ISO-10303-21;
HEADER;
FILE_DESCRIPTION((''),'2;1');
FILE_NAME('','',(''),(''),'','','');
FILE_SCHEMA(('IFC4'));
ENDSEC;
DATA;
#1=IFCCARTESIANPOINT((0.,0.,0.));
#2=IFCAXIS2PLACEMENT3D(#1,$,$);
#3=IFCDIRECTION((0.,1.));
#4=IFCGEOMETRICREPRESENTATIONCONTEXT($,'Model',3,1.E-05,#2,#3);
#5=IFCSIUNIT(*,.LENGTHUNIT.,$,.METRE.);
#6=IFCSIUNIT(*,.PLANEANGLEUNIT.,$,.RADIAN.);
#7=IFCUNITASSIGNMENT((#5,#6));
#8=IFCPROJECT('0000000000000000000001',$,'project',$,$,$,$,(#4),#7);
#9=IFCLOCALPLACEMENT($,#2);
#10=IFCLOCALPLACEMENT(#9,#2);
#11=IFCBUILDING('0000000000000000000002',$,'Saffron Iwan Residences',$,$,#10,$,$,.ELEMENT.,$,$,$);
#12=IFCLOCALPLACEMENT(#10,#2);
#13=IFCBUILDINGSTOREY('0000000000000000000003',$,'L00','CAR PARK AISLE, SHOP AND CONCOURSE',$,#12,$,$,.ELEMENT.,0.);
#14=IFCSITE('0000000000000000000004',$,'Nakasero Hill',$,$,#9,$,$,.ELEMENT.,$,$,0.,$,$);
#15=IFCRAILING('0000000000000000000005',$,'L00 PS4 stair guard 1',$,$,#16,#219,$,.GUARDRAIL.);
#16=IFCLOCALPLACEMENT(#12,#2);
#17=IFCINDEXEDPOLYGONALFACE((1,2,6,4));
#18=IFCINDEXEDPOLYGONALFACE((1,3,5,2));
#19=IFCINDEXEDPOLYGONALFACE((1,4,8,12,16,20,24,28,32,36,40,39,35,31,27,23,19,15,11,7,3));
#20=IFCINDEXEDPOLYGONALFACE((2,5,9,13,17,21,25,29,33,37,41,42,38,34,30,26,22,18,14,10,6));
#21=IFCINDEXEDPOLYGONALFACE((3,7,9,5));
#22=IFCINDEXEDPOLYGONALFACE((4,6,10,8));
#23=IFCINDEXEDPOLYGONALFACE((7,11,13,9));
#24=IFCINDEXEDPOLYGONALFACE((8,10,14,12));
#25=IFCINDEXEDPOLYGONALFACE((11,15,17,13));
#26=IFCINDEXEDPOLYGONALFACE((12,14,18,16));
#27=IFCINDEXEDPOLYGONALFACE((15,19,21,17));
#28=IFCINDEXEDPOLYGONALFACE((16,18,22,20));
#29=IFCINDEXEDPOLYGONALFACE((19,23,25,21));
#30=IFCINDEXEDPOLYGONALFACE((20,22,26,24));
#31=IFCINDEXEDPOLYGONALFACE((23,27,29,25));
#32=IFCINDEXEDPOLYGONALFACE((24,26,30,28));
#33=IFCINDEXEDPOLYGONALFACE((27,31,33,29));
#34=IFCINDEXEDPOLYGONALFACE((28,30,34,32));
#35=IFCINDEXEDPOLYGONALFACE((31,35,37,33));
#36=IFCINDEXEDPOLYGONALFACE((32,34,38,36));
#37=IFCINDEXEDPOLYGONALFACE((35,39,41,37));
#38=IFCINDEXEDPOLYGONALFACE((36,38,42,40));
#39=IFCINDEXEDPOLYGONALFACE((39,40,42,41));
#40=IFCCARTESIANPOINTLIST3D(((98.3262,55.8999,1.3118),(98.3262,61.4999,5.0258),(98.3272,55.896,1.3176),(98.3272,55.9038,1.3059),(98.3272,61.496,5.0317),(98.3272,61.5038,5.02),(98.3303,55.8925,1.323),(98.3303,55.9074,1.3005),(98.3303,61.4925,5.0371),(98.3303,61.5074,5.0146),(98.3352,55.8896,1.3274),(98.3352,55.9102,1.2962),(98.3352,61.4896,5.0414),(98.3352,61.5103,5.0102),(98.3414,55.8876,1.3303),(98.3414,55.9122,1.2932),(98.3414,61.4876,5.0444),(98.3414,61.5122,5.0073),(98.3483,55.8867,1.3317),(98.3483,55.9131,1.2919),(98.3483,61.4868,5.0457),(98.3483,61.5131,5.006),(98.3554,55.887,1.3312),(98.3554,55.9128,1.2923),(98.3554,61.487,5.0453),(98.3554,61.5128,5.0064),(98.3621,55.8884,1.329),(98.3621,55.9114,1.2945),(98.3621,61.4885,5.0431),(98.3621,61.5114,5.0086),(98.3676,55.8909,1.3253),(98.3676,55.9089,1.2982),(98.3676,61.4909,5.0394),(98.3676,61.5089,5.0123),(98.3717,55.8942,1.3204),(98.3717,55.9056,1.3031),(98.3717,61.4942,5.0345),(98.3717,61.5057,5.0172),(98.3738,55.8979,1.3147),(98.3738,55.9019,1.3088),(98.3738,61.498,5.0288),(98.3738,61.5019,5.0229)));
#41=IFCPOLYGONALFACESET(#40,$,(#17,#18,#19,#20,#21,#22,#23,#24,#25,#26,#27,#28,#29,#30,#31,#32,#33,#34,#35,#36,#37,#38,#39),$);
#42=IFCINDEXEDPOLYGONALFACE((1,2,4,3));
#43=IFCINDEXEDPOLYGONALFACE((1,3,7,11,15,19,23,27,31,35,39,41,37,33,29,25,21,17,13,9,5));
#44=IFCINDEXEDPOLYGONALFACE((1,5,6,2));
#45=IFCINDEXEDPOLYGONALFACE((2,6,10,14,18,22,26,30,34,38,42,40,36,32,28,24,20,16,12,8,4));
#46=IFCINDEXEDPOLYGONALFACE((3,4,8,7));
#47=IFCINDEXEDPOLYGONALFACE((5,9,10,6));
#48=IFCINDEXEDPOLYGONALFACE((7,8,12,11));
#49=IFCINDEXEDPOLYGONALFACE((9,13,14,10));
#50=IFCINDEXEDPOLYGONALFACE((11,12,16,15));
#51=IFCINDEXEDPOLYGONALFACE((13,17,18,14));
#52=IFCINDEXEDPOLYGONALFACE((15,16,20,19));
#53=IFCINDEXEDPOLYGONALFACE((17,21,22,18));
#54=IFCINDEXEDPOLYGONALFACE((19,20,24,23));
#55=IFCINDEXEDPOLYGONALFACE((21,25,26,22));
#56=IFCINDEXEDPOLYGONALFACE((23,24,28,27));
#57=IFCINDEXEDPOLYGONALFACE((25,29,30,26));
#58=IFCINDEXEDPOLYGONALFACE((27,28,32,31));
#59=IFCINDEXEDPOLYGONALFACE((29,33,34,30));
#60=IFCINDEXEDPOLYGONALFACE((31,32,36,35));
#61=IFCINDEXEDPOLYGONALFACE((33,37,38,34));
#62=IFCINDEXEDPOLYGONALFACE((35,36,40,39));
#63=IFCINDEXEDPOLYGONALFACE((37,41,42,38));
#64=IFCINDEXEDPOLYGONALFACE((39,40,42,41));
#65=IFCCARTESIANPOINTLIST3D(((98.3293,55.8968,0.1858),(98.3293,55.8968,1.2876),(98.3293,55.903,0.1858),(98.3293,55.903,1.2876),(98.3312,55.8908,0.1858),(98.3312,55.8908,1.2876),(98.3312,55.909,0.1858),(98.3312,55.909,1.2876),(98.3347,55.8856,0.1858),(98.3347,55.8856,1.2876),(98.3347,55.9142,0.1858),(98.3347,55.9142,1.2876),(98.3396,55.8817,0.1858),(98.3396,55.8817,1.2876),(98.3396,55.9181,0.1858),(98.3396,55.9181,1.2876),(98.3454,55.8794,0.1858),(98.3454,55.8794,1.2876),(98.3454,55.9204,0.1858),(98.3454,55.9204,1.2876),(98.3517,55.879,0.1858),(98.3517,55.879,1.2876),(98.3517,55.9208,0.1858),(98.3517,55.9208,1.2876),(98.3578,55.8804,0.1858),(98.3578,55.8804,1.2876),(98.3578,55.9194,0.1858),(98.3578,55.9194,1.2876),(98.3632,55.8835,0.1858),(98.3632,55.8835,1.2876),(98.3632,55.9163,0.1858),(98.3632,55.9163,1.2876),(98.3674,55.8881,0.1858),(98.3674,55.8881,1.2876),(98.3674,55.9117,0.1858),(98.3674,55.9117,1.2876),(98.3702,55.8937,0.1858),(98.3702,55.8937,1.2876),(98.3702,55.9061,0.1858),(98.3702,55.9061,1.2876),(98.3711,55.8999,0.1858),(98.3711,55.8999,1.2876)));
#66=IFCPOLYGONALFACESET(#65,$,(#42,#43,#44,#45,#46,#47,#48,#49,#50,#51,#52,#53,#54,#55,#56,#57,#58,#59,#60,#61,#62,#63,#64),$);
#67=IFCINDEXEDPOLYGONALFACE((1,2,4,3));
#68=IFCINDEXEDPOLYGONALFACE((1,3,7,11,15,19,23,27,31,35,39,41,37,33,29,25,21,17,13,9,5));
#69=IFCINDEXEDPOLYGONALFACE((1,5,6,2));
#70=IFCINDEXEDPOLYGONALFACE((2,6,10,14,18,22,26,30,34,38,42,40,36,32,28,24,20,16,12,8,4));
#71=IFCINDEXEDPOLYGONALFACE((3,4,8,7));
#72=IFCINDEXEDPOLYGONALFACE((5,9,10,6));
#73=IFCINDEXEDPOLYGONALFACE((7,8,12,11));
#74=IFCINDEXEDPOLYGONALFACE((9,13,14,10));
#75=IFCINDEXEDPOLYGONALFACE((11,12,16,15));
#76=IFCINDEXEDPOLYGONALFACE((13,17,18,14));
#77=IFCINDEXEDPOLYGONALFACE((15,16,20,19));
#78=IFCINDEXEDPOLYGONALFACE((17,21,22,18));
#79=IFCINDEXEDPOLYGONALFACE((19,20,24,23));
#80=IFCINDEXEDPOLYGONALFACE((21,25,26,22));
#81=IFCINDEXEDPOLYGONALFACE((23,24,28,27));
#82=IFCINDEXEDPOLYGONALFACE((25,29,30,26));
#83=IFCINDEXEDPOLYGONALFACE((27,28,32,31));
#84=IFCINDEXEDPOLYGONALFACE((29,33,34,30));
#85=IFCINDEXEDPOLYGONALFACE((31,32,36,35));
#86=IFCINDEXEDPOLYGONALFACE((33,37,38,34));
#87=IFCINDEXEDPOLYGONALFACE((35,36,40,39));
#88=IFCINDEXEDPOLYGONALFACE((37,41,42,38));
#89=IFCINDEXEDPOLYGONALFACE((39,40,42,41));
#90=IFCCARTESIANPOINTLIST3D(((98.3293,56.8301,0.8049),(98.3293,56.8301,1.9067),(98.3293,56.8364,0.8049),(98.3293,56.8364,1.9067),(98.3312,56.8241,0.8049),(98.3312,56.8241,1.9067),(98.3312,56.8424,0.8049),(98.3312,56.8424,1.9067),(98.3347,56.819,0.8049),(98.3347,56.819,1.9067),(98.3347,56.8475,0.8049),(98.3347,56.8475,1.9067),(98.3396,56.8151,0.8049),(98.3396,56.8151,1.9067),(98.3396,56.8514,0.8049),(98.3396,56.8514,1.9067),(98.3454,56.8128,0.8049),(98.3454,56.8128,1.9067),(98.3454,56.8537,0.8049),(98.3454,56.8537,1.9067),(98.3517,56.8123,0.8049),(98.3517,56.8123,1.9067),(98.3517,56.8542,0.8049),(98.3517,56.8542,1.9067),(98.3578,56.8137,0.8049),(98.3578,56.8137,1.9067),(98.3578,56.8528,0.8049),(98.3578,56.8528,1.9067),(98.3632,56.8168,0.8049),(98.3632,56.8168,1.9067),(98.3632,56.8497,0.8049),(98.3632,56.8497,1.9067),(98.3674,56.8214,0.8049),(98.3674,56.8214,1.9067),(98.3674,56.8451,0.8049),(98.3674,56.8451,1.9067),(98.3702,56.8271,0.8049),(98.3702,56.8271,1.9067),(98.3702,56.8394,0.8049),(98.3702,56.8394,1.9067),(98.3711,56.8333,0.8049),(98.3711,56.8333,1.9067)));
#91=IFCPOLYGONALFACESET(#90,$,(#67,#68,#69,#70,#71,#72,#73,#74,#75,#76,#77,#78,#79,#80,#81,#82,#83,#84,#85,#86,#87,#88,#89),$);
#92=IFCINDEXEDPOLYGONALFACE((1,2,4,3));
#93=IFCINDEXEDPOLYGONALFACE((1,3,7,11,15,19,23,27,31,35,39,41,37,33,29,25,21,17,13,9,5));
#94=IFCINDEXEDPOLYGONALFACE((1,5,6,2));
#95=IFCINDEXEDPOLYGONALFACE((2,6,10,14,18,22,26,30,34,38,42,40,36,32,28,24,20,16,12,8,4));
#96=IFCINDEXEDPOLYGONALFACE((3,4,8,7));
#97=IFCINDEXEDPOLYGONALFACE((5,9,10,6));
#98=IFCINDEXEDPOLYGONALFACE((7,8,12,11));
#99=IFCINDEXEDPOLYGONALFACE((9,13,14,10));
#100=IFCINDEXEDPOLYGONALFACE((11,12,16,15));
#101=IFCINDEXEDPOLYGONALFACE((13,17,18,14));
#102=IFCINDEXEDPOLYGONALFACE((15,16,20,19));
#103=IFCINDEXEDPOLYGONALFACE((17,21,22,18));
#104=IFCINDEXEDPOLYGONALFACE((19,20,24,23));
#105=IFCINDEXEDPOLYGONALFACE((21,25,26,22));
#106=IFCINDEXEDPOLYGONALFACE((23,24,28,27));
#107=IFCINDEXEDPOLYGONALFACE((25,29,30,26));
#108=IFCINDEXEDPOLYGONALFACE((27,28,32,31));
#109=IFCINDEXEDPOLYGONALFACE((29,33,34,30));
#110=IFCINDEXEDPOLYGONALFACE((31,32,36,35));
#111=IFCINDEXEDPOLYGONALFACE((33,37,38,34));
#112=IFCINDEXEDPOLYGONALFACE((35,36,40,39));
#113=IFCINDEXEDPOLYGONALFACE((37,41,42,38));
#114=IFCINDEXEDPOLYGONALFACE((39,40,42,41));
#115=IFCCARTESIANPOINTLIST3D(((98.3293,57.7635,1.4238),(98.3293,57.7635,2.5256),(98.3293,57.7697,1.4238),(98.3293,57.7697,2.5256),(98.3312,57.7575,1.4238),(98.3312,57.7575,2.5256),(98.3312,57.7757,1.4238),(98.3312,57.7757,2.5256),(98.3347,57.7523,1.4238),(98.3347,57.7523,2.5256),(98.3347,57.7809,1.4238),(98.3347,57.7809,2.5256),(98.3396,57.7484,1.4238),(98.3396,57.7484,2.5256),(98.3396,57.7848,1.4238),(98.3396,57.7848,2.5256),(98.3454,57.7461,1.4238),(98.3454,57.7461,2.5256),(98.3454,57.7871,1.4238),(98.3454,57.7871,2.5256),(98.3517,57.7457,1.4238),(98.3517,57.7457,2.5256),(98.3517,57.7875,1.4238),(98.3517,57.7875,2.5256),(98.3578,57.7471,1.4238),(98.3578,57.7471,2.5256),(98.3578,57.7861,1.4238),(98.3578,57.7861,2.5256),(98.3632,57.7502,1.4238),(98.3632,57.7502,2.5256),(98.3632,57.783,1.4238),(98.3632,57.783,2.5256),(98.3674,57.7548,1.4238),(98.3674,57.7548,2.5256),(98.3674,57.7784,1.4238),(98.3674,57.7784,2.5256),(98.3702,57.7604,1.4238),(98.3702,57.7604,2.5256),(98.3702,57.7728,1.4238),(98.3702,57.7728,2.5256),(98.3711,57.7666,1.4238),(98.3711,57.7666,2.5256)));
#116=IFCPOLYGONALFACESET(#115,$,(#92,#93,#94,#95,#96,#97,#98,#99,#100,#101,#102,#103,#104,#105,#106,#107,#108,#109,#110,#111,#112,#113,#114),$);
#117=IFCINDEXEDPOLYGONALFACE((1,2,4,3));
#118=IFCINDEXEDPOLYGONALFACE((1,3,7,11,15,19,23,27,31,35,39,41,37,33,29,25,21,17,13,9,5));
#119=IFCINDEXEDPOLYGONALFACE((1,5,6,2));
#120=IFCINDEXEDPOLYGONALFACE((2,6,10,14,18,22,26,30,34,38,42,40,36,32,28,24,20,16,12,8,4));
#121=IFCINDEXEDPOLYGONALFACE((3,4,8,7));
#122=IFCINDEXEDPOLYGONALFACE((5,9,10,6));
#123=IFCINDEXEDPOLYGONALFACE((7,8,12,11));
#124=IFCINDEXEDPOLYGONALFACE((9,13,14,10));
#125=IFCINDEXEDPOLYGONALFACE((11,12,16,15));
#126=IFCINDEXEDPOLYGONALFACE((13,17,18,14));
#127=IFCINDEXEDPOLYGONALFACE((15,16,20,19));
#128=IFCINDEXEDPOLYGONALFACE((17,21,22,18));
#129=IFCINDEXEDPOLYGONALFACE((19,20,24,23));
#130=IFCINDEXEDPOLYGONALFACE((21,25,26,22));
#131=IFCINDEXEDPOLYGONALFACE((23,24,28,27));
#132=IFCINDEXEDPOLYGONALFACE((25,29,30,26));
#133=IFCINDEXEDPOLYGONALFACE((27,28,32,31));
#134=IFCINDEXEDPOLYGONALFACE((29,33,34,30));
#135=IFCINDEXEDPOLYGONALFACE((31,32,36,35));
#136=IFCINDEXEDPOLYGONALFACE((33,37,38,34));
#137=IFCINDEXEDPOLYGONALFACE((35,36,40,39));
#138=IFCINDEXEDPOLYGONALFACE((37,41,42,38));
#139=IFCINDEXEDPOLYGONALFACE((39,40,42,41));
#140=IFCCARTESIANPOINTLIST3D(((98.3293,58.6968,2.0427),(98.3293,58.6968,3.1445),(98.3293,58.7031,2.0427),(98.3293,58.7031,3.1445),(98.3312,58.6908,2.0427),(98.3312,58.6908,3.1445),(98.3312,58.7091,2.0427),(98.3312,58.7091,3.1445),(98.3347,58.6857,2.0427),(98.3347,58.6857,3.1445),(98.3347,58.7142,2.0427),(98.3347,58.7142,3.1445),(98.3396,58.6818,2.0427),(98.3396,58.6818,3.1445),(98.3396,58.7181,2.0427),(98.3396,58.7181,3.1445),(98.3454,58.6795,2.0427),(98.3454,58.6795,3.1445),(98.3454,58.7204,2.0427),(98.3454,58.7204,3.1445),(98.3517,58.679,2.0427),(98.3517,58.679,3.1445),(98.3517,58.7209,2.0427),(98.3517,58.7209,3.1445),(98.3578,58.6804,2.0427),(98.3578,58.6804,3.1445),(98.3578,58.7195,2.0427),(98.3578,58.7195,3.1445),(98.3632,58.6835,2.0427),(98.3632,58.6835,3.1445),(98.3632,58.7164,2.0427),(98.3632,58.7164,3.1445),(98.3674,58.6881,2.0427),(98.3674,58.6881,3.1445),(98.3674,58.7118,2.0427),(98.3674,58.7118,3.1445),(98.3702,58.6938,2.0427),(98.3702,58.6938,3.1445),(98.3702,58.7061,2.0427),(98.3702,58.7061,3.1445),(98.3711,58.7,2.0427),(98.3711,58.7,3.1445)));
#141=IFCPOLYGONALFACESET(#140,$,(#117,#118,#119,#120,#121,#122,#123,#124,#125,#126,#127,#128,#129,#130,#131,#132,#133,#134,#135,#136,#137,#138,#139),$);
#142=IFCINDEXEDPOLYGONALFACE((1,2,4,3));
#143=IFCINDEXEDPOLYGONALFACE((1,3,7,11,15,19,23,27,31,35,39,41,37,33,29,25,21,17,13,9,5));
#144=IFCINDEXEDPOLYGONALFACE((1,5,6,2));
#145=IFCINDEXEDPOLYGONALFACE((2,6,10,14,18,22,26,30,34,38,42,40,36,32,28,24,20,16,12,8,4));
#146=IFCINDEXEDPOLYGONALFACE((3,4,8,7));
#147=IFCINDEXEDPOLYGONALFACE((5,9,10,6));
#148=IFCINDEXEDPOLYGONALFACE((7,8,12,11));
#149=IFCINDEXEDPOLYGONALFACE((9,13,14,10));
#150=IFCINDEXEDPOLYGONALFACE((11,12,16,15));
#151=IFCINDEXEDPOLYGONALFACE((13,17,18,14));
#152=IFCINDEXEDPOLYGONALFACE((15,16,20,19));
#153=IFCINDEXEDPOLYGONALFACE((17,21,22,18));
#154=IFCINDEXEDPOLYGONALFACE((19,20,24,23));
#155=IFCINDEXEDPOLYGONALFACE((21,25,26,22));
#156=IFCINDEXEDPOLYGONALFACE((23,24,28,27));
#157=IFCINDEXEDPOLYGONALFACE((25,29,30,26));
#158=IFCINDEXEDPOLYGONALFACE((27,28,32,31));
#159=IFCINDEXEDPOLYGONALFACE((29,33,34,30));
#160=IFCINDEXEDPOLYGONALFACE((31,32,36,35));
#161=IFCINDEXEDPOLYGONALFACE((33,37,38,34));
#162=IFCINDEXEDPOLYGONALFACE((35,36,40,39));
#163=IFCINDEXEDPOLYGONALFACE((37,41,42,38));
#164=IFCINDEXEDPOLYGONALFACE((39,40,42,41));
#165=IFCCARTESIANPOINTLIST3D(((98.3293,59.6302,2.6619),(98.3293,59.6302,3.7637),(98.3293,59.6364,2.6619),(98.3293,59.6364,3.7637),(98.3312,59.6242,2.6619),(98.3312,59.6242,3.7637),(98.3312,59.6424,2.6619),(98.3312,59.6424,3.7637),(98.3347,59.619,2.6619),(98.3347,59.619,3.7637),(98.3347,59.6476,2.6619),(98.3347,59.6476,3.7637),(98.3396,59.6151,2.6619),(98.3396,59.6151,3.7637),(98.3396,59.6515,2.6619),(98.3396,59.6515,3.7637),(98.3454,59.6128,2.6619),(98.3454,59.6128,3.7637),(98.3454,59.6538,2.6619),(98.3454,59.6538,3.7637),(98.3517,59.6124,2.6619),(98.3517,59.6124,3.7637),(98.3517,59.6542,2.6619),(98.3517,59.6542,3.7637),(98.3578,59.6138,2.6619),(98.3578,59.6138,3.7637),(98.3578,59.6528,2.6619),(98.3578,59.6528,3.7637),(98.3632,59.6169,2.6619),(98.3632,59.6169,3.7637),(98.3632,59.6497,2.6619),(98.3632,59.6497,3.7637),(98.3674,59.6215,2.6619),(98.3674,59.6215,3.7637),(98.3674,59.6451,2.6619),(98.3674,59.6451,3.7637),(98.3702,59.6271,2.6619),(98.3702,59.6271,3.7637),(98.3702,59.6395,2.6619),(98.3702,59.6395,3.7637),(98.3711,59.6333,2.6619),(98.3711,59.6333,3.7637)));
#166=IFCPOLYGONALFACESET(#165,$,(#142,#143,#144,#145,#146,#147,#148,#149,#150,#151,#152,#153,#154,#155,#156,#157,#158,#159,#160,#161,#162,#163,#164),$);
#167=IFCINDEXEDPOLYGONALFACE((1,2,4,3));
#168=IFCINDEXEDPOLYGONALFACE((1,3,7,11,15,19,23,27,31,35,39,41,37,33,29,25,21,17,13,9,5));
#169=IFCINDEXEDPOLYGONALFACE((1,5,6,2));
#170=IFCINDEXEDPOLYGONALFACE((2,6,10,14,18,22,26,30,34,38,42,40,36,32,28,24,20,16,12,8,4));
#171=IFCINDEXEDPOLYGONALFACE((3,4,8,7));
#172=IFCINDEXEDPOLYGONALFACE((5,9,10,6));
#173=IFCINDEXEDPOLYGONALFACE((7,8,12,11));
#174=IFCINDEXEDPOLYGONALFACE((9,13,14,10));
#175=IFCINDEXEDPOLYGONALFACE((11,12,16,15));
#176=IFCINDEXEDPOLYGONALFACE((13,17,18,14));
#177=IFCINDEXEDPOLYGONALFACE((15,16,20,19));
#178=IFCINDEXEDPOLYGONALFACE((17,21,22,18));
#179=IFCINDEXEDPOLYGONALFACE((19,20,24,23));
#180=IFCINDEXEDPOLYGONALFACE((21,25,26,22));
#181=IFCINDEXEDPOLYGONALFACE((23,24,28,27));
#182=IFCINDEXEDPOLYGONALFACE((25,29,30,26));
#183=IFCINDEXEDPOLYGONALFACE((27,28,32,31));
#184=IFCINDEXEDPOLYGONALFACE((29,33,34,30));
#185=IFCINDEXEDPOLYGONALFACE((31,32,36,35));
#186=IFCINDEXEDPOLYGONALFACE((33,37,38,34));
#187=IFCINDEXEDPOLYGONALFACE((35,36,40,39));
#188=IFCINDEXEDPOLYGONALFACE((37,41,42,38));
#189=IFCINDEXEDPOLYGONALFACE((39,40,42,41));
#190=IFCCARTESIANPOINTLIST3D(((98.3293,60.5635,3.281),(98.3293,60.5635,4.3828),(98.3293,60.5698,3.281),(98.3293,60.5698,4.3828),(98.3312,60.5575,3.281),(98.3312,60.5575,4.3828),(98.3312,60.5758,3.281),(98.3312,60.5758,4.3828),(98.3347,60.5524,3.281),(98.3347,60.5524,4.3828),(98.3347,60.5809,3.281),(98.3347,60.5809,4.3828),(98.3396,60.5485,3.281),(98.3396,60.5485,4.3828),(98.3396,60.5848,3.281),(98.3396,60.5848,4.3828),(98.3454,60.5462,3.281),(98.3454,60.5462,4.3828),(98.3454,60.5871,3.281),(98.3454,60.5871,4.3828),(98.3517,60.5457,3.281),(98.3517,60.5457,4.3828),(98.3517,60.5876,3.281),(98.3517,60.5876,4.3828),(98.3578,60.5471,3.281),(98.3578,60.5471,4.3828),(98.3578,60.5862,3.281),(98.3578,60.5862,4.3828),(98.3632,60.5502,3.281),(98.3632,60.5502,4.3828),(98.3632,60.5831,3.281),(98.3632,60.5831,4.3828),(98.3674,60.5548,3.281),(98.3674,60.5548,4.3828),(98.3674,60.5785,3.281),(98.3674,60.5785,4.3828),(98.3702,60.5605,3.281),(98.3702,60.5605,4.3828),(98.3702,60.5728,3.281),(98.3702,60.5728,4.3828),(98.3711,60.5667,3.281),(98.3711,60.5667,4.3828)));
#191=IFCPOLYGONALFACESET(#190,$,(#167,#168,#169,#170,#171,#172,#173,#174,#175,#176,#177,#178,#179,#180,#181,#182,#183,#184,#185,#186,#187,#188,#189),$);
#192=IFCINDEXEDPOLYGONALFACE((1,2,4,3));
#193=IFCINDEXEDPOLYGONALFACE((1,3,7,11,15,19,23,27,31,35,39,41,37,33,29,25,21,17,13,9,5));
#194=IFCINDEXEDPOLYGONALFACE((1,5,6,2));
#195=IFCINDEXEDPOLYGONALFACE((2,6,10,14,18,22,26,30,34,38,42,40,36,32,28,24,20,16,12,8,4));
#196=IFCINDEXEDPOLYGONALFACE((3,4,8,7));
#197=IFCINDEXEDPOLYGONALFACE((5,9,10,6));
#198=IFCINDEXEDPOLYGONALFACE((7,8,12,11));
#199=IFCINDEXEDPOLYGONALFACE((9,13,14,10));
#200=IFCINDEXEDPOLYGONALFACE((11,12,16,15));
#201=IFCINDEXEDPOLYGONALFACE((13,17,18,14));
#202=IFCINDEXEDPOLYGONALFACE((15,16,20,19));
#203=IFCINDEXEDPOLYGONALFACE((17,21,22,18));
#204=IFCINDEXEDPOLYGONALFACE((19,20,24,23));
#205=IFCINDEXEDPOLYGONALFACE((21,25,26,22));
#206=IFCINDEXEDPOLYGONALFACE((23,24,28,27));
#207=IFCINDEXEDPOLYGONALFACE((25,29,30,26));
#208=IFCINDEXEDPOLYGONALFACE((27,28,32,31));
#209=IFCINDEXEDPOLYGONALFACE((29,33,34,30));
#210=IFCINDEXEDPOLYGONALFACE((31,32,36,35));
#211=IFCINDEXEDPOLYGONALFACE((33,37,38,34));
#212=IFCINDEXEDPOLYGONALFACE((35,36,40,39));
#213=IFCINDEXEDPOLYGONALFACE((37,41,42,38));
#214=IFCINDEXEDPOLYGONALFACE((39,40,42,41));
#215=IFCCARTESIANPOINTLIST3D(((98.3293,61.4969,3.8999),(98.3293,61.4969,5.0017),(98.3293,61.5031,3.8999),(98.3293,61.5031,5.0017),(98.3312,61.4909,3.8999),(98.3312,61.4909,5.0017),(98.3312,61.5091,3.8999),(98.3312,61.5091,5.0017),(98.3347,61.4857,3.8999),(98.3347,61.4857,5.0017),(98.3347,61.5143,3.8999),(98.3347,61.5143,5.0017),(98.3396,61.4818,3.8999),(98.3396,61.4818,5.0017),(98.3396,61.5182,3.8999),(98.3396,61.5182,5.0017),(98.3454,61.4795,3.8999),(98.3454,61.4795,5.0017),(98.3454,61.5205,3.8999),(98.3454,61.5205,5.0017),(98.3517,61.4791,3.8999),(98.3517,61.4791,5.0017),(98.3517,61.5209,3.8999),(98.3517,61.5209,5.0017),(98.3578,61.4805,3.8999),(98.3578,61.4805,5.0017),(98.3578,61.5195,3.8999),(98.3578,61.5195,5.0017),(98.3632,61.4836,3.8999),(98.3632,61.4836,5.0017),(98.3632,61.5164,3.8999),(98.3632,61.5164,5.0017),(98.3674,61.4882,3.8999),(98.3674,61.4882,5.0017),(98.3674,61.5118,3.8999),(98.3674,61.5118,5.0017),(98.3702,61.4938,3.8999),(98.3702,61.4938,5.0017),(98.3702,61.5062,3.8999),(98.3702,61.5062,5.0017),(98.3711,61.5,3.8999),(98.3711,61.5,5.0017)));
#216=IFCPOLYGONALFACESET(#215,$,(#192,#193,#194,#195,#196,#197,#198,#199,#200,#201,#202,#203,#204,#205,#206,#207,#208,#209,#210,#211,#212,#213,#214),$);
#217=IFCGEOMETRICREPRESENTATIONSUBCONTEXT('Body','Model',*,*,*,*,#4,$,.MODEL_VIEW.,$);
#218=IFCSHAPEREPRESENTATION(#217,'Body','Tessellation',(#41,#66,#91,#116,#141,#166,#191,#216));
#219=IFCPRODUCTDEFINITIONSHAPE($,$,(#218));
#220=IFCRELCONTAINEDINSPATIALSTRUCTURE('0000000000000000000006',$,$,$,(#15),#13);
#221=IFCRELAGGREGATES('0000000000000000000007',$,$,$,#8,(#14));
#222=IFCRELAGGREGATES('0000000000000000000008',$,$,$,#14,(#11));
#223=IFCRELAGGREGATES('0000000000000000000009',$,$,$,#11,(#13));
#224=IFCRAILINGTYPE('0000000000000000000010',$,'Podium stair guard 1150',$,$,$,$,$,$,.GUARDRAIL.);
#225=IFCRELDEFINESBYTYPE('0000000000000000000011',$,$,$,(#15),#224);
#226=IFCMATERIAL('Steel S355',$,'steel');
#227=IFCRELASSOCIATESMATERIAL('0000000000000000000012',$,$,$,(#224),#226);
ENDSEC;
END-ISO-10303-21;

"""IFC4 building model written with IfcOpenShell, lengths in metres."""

from ifc_helpers import new_model, si_unit, direction, frame, origin, origin_2d, place, context, subcontext, project, spatial, circle, extrude, material, type_object, element, save


model = new_model("IFC4")

# Units and contexts
model_context = context("Model", 3, precision=1e-05, world=origin(), true_north=direction((0.0, 1.0)))
body_context = subcontext(model_context, "Body", "Model", "MODEL_VIEW")
ifc_project = project(units=[si_unit("LENGTHUNIT", "METRE"), si_unit("PLANEANGLEUNIT", "RADIAN")], contexts=[model_context])

# Site, building, storey
site_placement = place(None, origin())
site = spatial("IfcSite", under=ifc_project, at=site_placement, Name="Nakasero Hill", CompositionType="ELEMENT", RefElevation=0.0)
building_placement = place(site_placement, origin())
building = spatial("IfcBuilding", under=site, at=building_placement, Name="Saffron Iwan Residences", CompositionType="ELEMENT")
storey_placement = place(building_placement, origin())
storey = spatial("IfcBuildingStorey", under=building, at=storey_placement, Name="L00", Description="CAR PARK AISLE, SHOP AND CONCOURSE", CompositionType="ELEMENT", Elevation=0.0)

# Railing
ifc_material_1 = material(Name="Steel S355", Category="steel")
railing_type_1 = type_object("IfcRailingType", Name="Podium stair guard 1150", PredefinedType="GUARDRAIL", material=ifc_material_1)
railing_1_placement = place(storey_placement, frame((98.3501, 55.8999, 0.1858)))
element("IfcRailing", 1, at=railing_1_placement, inside=storey, type_object=railing_type_1, Name="L00 PS4 stair guard 1", PredefinedType="GUARDRAIL", context=body_context, shape_type="SweptSolid", body=[
    extrude(circle(Radius=0.0239, at=origin_2d()), frame((0.0, 0.0, 1.126), z_axis=(0.0, 0.833373, 0.552712), x_axis=(-1.0, 0.0, 0.0)), (0.0, 0.0, 1.0), 6.7197),
    extrude(circle(Radius=0.021, at=origin_2d()), origin(), (0.0, 0.0, 1.0), 1.1018),
    extrude(circle(Radius=0.021, at=origin_2d()), frame((0.0, 0.9333, 0.6191)), (0.0, 0.0, 1.0), 1.1018),
    extrude(circle(Radius=0.021, at=origin_2d()), frame((0.0, 1.8667, 1.238)), (0.0, 0.0, 1.0), 1.1018),
    extrude(circle(Radius=0.021, at=origin_2d()), frame((0.0, 2.8, 1.8569)), (0.0, 0.0, 1.0), 1.1018),
    extrude(circle(Radius=0.021, at=origin_2d()), frame((0.0, 3.7334, 2.4761)), (0.0, 0.0, 1.0), 1.1018),
    extrude(circle(Radius=0.021, at=origin_2d()), frame((0.0, 4.6667, 3.0952)), (0.0, 0.0, 1.0), 1.1018),
    extrude(circle(Radius=0.021, at=origin_2d()), frame((0.0, 5.6001, 3.7141)), (0.0, 0.0, 1.0), 1.1018),
])

save(model, "model.ifc")
